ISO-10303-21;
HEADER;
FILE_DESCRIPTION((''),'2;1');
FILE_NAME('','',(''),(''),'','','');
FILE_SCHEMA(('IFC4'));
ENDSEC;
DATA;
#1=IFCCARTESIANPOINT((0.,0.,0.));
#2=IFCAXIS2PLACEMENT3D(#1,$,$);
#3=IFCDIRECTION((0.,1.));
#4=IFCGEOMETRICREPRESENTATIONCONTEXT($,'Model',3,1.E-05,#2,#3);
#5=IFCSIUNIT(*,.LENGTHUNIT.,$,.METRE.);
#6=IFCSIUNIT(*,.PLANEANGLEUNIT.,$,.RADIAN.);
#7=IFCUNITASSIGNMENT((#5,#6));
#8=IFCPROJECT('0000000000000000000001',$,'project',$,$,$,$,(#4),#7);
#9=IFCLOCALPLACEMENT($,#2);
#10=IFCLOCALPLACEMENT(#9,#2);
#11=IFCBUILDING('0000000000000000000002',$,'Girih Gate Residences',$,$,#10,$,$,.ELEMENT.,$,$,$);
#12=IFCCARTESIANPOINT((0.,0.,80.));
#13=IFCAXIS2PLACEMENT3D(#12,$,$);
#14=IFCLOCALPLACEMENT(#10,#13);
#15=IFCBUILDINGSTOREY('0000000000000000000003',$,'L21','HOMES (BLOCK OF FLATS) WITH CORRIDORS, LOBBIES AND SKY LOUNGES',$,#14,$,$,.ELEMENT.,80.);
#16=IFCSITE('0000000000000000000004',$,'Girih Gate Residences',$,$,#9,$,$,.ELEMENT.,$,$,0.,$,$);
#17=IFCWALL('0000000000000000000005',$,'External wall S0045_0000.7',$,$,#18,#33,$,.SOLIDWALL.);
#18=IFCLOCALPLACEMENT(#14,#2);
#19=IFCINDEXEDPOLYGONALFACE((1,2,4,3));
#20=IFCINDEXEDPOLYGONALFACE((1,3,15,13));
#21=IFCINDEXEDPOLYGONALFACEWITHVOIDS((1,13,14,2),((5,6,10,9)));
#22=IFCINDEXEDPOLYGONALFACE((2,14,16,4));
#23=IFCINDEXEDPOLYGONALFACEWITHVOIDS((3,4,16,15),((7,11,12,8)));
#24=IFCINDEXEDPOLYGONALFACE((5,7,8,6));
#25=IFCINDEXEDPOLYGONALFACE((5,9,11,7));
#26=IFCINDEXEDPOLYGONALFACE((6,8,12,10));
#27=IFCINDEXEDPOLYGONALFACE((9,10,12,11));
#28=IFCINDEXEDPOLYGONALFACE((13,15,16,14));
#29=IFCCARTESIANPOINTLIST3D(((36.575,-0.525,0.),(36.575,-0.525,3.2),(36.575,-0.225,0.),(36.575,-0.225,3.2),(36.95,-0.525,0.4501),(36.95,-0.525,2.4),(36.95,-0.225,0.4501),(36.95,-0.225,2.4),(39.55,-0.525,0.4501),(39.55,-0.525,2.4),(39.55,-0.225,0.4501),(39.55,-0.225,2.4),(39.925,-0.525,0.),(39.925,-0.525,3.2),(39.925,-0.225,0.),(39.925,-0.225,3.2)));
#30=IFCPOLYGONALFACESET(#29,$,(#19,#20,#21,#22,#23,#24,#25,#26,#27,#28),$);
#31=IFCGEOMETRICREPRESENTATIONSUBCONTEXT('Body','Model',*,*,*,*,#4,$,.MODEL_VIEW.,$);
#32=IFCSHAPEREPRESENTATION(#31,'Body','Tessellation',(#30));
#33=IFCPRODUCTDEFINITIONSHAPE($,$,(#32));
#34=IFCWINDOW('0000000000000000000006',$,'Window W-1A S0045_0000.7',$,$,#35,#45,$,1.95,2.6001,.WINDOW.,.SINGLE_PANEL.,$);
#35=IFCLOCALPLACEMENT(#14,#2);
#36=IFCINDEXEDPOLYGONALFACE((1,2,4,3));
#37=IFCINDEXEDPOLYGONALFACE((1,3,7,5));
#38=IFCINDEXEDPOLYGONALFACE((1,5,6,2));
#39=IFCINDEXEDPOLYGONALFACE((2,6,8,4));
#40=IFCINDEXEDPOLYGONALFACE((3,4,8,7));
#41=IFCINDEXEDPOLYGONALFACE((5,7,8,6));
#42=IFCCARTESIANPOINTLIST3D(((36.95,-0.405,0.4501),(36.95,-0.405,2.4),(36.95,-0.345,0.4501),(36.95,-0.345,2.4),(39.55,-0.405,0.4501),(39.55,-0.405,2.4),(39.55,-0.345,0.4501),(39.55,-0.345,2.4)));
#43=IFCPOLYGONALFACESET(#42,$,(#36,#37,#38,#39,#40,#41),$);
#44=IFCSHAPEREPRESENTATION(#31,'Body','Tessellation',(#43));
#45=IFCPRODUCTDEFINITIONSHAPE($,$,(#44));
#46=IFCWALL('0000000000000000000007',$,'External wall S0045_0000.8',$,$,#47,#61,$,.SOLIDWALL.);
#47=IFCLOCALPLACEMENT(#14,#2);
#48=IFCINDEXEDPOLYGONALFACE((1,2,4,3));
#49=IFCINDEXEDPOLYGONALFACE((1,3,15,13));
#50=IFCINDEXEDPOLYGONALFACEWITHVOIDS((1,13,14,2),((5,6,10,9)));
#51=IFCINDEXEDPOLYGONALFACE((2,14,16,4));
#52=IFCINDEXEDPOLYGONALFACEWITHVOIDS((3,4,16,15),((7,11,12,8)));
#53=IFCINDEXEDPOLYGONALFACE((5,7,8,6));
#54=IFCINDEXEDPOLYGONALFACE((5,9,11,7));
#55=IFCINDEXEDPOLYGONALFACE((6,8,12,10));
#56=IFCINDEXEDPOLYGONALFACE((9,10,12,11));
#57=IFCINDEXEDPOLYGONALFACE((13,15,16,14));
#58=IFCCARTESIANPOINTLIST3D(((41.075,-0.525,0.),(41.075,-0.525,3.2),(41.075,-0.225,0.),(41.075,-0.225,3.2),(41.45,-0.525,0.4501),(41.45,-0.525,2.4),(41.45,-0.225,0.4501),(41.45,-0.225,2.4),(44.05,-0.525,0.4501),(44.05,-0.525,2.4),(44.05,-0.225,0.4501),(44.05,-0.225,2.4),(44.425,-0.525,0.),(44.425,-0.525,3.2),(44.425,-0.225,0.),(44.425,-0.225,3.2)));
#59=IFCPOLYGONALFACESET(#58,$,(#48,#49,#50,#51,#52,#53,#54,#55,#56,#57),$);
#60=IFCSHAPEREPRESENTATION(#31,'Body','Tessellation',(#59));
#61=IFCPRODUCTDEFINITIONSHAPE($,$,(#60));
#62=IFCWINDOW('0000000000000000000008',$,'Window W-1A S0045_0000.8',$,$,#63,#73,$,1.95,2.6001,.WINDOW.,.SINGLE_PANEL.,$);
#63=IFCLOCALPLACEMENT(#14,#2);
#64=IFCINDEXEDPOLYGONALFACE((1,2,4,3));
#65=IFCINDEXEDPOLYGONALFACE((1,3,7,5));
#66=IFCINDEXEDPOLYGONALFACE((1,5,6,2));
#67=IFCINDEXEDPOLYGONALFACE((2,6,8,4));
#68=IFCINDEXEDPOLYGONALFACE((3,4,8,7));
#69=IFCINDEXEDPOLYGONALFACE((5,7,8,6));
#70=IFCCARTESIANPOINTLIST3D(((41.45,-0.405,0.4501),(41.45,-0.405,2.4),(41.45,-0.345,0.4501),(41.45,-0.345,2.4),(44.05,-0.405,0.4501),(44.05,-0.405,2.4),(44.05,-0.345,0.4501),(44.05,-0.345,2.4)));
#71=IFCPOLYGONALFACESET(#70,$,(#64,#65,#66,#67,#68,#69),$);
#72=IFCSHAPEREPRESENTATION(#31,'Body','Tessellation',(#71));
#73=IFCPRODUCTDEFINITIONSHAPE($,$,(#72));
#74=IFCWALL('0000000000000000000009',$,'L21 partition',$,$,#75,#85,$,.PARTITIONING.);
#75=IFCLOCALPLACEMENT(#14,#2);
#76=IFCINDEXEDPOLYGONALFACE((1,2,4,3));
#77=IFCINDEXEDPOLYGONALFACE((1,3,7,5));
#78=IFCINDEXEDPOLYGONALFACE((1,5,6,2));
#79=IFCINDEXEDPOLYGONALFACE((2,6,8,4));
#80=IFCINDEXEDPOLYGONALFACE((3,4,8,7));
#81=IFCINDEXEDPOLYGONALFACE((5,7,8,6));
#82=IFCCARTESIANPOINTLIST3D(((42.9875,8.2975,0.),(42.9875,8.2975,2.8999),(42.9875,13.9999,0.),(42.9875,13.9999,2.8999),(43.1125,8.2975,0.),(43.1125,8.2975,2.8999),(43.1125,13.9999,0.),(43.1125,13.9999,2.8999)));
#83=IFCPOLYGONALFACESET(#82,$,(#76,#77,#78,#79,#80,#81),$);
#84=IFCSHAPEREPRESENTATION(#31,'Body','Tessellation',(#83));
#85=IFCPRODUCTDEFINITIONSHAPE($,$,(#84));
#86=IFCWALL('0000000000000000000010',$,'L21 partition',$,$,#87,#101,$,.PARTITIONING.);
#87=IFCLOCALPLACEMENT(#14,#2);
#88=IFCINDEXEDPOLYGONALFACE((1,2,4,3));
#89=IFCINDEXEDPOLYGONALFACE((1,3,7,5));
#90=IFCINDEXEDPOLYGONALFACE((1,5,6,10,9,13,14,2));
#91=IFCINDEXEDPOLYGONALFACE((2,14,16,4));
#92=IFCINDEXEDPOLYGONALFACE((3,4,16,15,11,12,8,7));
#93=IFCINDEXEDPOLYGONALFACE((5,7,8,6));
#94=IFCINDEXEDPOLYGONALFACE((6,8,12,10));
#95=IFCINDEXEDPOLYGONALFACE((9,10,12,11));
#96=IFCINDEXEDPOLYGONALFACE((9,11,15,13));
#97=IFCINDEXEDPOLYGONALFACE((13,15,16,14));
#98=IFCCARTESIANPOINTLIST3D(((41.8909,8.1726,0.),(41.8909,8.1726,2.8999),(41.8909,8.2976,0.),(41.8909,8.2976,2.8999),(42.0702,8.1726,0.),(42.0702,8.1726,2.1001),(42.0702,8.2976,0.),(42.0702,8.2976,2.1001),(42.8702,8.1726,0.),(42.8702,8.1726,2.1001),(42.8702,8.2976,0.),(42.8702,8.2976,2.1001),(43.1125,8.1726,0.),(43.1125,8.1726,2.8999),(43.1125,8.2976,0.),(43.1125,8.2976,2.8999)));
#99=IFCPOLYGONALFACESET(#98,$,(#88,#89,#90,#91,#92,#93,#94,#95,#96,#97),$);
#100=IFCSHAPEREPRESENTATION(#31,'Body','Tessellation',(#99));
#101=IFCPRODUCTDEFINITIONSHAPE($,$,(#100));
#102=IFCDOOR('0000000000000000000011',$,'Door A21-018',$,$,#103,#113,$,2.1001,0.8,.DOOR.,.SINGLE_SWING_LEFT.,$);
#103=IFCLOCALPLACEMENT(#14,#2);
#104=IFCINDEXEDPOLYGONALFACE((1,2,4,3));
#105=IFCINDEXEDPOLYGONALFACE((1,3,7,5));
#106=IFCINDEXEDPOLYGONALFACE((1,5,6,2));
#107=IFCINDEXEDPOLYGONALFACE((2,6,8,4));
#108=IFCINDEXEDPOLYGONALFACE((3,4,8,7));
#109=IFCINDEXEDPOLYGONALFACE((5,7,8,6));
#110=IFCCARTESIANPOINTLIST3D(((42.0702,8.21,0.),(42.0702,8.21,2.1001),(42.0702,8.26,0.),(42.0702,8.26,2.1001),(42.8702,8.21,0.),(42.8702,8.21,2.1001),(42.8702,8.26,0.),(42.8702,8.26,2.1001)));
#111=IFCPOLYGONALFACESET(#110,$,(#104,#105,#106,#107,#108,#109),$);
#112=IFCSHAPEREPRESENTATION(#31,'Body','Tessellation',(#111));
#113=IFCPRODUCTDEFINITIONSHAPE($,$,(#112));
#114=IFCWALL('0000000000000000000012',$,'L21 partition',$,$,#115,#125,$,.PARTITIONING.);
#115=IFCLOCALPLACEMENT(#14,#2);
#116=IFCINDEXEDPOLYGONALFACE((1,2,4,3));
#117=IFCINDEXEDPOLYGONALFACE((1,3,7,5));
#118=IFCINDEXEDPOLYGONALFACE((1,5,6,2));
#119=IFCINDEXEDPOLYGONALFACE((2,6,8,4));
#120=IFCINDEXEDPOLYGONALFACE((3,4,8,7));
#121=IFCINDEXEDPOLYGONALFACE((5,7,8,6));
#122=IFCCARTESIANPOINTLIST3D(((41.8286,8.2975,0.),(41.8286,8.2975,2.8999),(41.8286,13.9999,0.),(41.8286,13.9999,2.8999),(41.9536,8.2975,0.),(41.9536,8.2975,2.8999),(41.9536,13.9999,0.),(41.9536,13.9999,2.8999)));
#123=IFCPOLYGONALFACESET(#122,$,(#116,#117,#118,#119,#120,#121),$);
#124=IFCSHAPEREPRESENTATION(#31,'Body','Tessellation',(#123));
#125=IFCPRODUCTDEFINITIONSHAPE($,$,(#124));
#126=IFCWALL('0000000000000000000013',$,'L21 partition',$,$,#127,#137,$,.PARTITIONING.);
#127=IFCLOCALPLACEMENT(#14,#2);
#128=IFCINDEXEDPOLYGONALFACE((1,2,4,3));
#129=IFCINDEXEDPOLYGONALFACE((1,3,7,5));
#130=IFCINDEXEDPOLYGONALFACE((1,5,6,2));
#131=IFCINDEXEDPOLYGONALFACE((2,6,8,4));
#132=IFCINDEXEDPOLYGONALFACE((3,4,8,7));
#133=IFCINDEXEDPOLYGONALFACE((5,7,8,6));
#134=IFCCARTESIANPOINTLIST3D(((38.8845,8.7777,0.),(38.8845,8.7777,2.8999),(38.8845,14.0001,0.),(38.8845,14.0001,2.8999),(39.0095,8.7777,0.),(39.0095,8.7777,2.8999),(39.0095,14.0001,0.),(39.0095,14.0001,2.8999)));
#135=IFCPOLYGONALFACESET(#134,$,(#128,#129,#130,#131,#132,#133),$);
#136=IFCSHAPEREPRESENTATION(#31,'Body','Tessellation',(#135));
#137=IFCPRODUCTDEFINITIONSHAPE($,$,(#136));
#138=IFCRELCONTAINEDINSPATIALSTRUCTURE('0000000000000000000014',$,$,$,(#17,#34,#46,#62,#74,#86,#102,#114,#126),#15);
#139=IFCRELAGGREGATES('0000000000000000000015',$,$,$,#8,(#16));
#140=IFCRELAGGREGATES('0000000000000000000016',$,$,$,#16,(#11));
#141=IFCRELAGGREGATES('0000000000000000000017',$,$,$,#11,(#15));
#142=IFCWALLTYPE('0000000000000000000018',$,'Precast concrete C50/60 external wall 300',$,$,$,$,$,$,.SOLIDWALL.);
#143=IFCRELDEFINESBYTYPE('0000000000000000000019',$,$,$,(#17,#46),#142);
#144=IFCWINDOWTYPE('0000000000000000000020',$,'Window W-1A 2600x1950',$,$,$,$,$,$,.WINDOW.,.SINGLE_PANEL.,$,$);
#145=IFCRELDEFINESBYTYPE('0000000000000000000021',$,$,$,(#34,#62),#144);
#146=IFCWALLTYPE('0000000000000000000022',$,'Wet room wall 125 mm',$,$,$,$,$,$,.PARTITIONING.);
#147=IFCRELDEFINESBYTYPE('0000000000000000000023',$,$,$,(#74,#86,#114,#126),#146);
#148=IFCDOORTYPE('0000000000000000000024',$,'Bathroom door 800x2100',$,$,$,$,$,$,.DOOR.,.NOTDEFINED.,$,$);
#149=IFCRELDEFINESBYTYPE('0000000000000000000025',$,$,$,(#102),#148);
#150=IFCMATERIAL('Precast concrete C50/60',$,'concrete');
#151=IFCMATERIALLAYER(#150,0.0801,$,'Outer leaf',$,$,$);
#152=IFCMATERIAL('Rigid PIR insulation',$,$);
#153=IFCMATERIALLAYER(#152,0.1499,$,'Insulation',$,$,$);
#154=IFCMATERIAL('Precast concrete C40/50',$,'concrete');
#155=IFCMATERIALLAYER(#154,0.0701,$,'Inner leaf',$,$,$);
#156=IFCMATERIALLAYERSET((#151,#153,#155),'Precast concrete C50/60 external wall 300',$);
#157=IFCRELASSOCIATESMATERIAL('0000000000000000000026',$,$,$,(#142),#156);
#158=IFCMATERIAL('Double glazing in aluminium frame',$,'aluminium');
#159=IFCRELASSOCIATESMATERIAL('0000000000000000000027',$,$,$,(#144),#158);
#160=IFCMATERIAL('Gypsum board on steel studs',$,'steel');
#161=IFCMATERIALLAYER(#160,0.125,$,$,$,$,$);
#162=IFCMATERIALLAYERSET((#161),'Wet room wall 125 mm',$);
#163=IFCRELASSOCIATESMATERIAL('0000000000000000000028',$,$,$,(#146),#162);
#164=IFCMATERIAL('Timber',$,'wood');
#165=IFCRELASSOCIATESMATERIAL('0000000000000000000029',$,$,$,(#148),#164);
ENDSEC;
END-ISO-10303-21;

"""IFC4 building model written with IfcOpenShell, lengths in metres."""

from ifc_helpers import new_model, si_unit, direction, frame, frame_2d, origin, place, context, subcontext, project, spatial, rectangle, extrude, material, layer, layer_set, type_object, element, fill, save


model = new_model("IFC4")

# Units and contexts
model_context = context("Model", 3, precision=1e-05, world=origin(), true_north=direction((0.0, 1.0)))
body_context = subcontext(model_context, "Body", "Model", "MODEL_VIEW")
ifc_project = project(units=[si_unit("LENGTHUNIT", "METRE"), si_unit("PLANEANGLEUNIT", "RADIAN")], contexts=[model_context])

# Site, building, storey
site_placement = place(None, origin())
site = spatial("IfcSite", under=ifc_project, at=site_placement, Name="Girih Gate Residences", CompositionType="ELEMENT", RefElevation=0.0)
building_placement = place(site_placement, origin())
building = spatial("IfcBuilding", under=site, at=building_placement, Name="Girih Gate Residences", CompositionType="ELEMENT")
storey_placement = place(building_placement, frame((0.0, 0.0, 80.0)))
storey = spatial("IfcBuildingStorey", under=building, at=storey_placement, Name="L21", Description="HOMES (BLOCK OF FLATS) WITH CORRIDORS, LOBBIES AND SKY LOUNGES", CompositionType="ELEMENT", Elevation=80.0)

# Shared definitions
ifc_material_1 = material(Name="Gypsum board on steel studs", Category="steel")
ifc_material_2 = material(Name="Timber", Category="wood")

# Walls, openings, windows
ifc_material_3 = material(Name="Precast concrete C50/60", Category="concrete")
ifc_layer_1 = layer(ifc_material_3, 0.0801, Name="Outer leaf")
ifc_material_4 = material(Name="Rigid PIR insulation")
ifc_layer_2 = layer(ifc_material_4, 0.1499, Name="Insulation")
ifc_material_5 = material(Name="Precast concrete C40/50", Category="concrete")
ifc_layer_3 = layer(ifc_material_5, 0.0701, Name="Inner leaf")
ifc_layer_set_1 = layer_set([ifc_layer_1, ifc_layer_2, ifc_layer_3], Name="Precast concrete C50/60 external wall 300")
wall_type_1 = type_object("IfcWallType", Name="Precast concrete C50/60 external wall 300", PredefinedType="SOLIDWALL", material=ifc_layer_set_1)
wall_1_placement = place(storey_placement, frame((39.925, -0.375, 0.0), z_axis=(0.0, 0.0, 1.0), x_axis=(-1.0, 0.0, 0.0)))
wall_1 = element("IfcWall", 1, at=wall_1_placement, inside=storey, type_object=wall_type_1, Name="External wall S0045_0000.7", PredefinedType="SOLIDWALL", context=body_context, shape_type="SweptSolid", body=[
    extrude(rectangle(XDim=3.3501, YDim=0.3, at=frame_2d((1.675, 0.0))), origin(), (0.0, 0.0, 1.0), 3.2),
])
opening_1_placement = place(wall_1_placement, frame((0.375, 0.0, 0.45)))
opening_1 = element("IfcOpeningElement", 2, at=opening_1_placement, cuts=wall_1, PredefinedType="OPENING", context=body_context, shape_type="SweptSolid", body=[
    extrude(rectangle(XDim=2.6001, YDim=1.95, at=frame_2d((1.3, 0.9751))), frame((0.0, 0.1599, 0.0), z_axis=(0.0, -1.0, 0.0), x_axis=(1.0, 0.0, 0.0)), (0.0, 0.0, 1.0), 0.3201),
])
ifc_material_6 = material(Name="Double glazing in aluminium frame", Category="aluminium")
window_type = type_object("IfcWindowType", Name="Window W-1A 2600x1950", PartitioningType="SINGLE_PANEL", PredefinedType="WINDOW", material=ifc_material_6)
window_1_placement = place(opening_1_placement, origin())
window_1 = element("IfcWindow", 3, at=window_1_placement, inside=storey, type_object=window_type, Name="Window W-1A S0045_0000.7", OverallHeight=1.95, OverallWidth=2.6001, PartitioningType="SINGLE_PANEL", PredefinedType="WINDOW", context=body_context, shape_type="SweptSolid", body=[
    extrude(rectangle(XDim=2.6001, YDim=1.95, at=frame_2d((1.3, 0.9751))), frame((0.0, 0.03, 0.0), z_axis=(0.0, -1.0, 0.0), x_axis=(1.0, 0.0, 0.0)), (0.0, 0.0, 1.0), 0.0601),
])
fill(opening_1, window_1)
wall_2_placement = place(storey_placement, frame((44.425, -0.375, 0.0), z_axis=(0.0, 0.0, 1.0), x_axis=(-1.0, 0.0, 0.0)))
wall_2 = element("IfcWall", 4, at=wall_2_placement, inside=storey, type_object=wall_type_1, Name="External wall S0045_0000.8", PredefinedType="SOLIDWALL", context=body_context, shape_type="SweptSolid", body=[
    extrude(rectangle(XDim=3.3501, YDim=0.3, at=frame_2d((1.675, 0.0))), origin(), (0.0, 0.0, 1.0), 3.2),
])
opening_2_placement = place(wall_2_placement, frame((0.375, 0.0, 0.45)))
opening_2 = element("IfcOpeningElement", 5, at=opening_2_placement, cuts=wall_2, PredefinedType="OPENING", context=body_context, shape_type="SweptSolid", body=[
    extrude(rectangle(XDim=2.6001, YDim=1.95, at=frame_2d((1.3, 0.9751))), frame((0.0, 0.1599, 0.0), z_axis=(0.0, -1.0, 0.0), x_axis=(1.0, 0.0, 0.0)), (0.0, 0.0, 1.0), 0.3201),
])
window_2_placement = place(opening_2_placement, origin())
window_2 = element("IfcWindow", 6, at=window_2_placement, inside=storey, type_object=window_type, Name="Window W-1A S0045_0000.8", OverallHeight=1.95, OverallWidth=2.6001, PartitioningType="SINGLE_PANEL", PredefinedType="WINDOW", context=body_context, shape_type="SweptSolid", body=[
    extrude(rectangle(XDim=2.6001, YDim=1.95, at=frame_2d((1.3, 0.9751))), frame((0.0, 0.03, 0.0), z_axis=(0.0, -1.0, 0.0), x_axis=(1.0, 0.0, 0.0)), (0.0, 0.0, 1.0), 0.0601),
])
fill(opening_2, window_2)

# Wall
ifc_layer_4 = layer(ifc_material_1, 0.125)
ifc_layer_set_2 = layer_set([ifc_layer_4], Name="Wet room wall 125 mm")
wall_type_2 = type_object("IfcWallType", Name="Wet room wall 125 mm", PredefinedType="PARTITIONING", material=ifc_layer_set_2)
wall_3_placement = place(storey_placement, frame((43.05, 8.2976, 0.0), z_axis=(0.0, 0.0, 1.0), x_axis=(0.0, 1.0, 0.0)))
element("IfcWall", 7, at=wall_3_placement, inside=storey, type_object=wall_type_2, Name="L21 partition", PredefinedType="PARTITIONING", context=body_context, shape_type="SweptSolid", body=[
    extrude(rectangle(XDim=5.7024, YDim=0.125, at=frame_2d((2.8511, 0.0))), origin(), (0.0, 0.0, 1.0), 2.8999),
])

# Wall, opening, door
wall_4_placement = place(storey_placement, frame((41.8909, 8.2351, 0.0), z_axis=(0.0, 0.0, 1.0), x_axis=(1.0, 0.0, 0.0)))
wall_4 = element("IfcWall", 8, at=wall_4_placement, inside=storey, type_object=wall_type_2, Name="L21 partition", PredefinedType="PARTITIONING", context=body_context, shape_type="SweptSolid", body=[
    extrude(rectangle(XDim=1.2217, YDim=0.125, at=frame_2d((0.6108, 0.0))), origin(), (0.0, 0.0, 1.0), 2.8999),
])
opening_3_placement = place(wall_4_placement, frame((0.1794, 0.0, 0.0)))
opening_3 = element("IfcOpeningElement", 9, at=opening_3_placement, cuts=wall_4, PredefinedType="OPENING", context=body_context, shape_type="SweptSolid", body=[
    extrude(rectangle(XDim=0.8, YDim=2.1001, at=frame_2d((0.3999, 1.05))), frame((0.0, 0.0725, 0.0), z_axis=(0.0, -1.0, 0.0), x_axis=(1.0, 0.0, 0.0)), (0.0, 0.0, 1.0), 0.145),
])
door_type_1 = type_object("IfcDoorType", Name="Bathroom door 800x2100", OperationType="NOTDEFINED", PredefinedType="DOOR", material=ifc_material_2)
door_1_placement = place(opening_3_placement, origin())
door_1 = element("IfcDoor", 10, at=door_1_placement, inside=storey, type_object=door_type_1, Name="Door A21-018", OperationType="SINGLE_SWING_LEFT", OverallHeight=2.1001, OverallWidth=0.8, PredefinedType="DOOR", context=body_context, shape_type="SweptSolid", body=[
    extrude(rectangle(XDim=0.8, YDim=2.1001, at=frame_2d((0.3999, 1.05))), frame((0.0, 0.0249, 0.0), z_axis=(0.0, -1.0, 0.0), x_axis=(1.0, 0.0, 0.0)), (0.0, 0.0, 1.0), 0.05),
])
fill(opening_3, door_1)

# Walls
wall_5_placement = place(storey_placement, frame((41.8911, 8.2976, 0.0), z_axis=(0.0, 0.0, 1.0), x_axis=(0.0, 1.0, 0.0)))
element("IfcWall", 11, at=wall_5_placement, inside=storey, type_object=wall_type_2, Name="L21 partition", PredefinedType="PARTITIONING", context=body_context, shape_type="SweptSolid", body=[
    extrude(rectangle(XDim=5.7024, YDim=0.125, at=frame_2d((2.8511, 0.0))), origin(), (0.0, 0.0, 1.0), 2.8999),
])
wall_6_placement = place(storey_placement, frame((38.947, 8.7776, 0.0), z_axis=(0.0, 0.0, 1.0), x_axis=(0.0, 1.0, 0.0)))
element("IfcWall", 12, at=wall_6_placement, inside=storey, type_object=wall_type_2, Name="L21 partition", PredefinedType="PARTITIONING", context=body_context, shape_type="SweptSolid", body=[
    extrude(rectangle(XDim=5.2224, YDim=0.125, at=frame_2d((2.6113, 0.0))), origin(), (0.0, 0.0, 1.0), 2.8999),
])

save(model, "model.ifc")
